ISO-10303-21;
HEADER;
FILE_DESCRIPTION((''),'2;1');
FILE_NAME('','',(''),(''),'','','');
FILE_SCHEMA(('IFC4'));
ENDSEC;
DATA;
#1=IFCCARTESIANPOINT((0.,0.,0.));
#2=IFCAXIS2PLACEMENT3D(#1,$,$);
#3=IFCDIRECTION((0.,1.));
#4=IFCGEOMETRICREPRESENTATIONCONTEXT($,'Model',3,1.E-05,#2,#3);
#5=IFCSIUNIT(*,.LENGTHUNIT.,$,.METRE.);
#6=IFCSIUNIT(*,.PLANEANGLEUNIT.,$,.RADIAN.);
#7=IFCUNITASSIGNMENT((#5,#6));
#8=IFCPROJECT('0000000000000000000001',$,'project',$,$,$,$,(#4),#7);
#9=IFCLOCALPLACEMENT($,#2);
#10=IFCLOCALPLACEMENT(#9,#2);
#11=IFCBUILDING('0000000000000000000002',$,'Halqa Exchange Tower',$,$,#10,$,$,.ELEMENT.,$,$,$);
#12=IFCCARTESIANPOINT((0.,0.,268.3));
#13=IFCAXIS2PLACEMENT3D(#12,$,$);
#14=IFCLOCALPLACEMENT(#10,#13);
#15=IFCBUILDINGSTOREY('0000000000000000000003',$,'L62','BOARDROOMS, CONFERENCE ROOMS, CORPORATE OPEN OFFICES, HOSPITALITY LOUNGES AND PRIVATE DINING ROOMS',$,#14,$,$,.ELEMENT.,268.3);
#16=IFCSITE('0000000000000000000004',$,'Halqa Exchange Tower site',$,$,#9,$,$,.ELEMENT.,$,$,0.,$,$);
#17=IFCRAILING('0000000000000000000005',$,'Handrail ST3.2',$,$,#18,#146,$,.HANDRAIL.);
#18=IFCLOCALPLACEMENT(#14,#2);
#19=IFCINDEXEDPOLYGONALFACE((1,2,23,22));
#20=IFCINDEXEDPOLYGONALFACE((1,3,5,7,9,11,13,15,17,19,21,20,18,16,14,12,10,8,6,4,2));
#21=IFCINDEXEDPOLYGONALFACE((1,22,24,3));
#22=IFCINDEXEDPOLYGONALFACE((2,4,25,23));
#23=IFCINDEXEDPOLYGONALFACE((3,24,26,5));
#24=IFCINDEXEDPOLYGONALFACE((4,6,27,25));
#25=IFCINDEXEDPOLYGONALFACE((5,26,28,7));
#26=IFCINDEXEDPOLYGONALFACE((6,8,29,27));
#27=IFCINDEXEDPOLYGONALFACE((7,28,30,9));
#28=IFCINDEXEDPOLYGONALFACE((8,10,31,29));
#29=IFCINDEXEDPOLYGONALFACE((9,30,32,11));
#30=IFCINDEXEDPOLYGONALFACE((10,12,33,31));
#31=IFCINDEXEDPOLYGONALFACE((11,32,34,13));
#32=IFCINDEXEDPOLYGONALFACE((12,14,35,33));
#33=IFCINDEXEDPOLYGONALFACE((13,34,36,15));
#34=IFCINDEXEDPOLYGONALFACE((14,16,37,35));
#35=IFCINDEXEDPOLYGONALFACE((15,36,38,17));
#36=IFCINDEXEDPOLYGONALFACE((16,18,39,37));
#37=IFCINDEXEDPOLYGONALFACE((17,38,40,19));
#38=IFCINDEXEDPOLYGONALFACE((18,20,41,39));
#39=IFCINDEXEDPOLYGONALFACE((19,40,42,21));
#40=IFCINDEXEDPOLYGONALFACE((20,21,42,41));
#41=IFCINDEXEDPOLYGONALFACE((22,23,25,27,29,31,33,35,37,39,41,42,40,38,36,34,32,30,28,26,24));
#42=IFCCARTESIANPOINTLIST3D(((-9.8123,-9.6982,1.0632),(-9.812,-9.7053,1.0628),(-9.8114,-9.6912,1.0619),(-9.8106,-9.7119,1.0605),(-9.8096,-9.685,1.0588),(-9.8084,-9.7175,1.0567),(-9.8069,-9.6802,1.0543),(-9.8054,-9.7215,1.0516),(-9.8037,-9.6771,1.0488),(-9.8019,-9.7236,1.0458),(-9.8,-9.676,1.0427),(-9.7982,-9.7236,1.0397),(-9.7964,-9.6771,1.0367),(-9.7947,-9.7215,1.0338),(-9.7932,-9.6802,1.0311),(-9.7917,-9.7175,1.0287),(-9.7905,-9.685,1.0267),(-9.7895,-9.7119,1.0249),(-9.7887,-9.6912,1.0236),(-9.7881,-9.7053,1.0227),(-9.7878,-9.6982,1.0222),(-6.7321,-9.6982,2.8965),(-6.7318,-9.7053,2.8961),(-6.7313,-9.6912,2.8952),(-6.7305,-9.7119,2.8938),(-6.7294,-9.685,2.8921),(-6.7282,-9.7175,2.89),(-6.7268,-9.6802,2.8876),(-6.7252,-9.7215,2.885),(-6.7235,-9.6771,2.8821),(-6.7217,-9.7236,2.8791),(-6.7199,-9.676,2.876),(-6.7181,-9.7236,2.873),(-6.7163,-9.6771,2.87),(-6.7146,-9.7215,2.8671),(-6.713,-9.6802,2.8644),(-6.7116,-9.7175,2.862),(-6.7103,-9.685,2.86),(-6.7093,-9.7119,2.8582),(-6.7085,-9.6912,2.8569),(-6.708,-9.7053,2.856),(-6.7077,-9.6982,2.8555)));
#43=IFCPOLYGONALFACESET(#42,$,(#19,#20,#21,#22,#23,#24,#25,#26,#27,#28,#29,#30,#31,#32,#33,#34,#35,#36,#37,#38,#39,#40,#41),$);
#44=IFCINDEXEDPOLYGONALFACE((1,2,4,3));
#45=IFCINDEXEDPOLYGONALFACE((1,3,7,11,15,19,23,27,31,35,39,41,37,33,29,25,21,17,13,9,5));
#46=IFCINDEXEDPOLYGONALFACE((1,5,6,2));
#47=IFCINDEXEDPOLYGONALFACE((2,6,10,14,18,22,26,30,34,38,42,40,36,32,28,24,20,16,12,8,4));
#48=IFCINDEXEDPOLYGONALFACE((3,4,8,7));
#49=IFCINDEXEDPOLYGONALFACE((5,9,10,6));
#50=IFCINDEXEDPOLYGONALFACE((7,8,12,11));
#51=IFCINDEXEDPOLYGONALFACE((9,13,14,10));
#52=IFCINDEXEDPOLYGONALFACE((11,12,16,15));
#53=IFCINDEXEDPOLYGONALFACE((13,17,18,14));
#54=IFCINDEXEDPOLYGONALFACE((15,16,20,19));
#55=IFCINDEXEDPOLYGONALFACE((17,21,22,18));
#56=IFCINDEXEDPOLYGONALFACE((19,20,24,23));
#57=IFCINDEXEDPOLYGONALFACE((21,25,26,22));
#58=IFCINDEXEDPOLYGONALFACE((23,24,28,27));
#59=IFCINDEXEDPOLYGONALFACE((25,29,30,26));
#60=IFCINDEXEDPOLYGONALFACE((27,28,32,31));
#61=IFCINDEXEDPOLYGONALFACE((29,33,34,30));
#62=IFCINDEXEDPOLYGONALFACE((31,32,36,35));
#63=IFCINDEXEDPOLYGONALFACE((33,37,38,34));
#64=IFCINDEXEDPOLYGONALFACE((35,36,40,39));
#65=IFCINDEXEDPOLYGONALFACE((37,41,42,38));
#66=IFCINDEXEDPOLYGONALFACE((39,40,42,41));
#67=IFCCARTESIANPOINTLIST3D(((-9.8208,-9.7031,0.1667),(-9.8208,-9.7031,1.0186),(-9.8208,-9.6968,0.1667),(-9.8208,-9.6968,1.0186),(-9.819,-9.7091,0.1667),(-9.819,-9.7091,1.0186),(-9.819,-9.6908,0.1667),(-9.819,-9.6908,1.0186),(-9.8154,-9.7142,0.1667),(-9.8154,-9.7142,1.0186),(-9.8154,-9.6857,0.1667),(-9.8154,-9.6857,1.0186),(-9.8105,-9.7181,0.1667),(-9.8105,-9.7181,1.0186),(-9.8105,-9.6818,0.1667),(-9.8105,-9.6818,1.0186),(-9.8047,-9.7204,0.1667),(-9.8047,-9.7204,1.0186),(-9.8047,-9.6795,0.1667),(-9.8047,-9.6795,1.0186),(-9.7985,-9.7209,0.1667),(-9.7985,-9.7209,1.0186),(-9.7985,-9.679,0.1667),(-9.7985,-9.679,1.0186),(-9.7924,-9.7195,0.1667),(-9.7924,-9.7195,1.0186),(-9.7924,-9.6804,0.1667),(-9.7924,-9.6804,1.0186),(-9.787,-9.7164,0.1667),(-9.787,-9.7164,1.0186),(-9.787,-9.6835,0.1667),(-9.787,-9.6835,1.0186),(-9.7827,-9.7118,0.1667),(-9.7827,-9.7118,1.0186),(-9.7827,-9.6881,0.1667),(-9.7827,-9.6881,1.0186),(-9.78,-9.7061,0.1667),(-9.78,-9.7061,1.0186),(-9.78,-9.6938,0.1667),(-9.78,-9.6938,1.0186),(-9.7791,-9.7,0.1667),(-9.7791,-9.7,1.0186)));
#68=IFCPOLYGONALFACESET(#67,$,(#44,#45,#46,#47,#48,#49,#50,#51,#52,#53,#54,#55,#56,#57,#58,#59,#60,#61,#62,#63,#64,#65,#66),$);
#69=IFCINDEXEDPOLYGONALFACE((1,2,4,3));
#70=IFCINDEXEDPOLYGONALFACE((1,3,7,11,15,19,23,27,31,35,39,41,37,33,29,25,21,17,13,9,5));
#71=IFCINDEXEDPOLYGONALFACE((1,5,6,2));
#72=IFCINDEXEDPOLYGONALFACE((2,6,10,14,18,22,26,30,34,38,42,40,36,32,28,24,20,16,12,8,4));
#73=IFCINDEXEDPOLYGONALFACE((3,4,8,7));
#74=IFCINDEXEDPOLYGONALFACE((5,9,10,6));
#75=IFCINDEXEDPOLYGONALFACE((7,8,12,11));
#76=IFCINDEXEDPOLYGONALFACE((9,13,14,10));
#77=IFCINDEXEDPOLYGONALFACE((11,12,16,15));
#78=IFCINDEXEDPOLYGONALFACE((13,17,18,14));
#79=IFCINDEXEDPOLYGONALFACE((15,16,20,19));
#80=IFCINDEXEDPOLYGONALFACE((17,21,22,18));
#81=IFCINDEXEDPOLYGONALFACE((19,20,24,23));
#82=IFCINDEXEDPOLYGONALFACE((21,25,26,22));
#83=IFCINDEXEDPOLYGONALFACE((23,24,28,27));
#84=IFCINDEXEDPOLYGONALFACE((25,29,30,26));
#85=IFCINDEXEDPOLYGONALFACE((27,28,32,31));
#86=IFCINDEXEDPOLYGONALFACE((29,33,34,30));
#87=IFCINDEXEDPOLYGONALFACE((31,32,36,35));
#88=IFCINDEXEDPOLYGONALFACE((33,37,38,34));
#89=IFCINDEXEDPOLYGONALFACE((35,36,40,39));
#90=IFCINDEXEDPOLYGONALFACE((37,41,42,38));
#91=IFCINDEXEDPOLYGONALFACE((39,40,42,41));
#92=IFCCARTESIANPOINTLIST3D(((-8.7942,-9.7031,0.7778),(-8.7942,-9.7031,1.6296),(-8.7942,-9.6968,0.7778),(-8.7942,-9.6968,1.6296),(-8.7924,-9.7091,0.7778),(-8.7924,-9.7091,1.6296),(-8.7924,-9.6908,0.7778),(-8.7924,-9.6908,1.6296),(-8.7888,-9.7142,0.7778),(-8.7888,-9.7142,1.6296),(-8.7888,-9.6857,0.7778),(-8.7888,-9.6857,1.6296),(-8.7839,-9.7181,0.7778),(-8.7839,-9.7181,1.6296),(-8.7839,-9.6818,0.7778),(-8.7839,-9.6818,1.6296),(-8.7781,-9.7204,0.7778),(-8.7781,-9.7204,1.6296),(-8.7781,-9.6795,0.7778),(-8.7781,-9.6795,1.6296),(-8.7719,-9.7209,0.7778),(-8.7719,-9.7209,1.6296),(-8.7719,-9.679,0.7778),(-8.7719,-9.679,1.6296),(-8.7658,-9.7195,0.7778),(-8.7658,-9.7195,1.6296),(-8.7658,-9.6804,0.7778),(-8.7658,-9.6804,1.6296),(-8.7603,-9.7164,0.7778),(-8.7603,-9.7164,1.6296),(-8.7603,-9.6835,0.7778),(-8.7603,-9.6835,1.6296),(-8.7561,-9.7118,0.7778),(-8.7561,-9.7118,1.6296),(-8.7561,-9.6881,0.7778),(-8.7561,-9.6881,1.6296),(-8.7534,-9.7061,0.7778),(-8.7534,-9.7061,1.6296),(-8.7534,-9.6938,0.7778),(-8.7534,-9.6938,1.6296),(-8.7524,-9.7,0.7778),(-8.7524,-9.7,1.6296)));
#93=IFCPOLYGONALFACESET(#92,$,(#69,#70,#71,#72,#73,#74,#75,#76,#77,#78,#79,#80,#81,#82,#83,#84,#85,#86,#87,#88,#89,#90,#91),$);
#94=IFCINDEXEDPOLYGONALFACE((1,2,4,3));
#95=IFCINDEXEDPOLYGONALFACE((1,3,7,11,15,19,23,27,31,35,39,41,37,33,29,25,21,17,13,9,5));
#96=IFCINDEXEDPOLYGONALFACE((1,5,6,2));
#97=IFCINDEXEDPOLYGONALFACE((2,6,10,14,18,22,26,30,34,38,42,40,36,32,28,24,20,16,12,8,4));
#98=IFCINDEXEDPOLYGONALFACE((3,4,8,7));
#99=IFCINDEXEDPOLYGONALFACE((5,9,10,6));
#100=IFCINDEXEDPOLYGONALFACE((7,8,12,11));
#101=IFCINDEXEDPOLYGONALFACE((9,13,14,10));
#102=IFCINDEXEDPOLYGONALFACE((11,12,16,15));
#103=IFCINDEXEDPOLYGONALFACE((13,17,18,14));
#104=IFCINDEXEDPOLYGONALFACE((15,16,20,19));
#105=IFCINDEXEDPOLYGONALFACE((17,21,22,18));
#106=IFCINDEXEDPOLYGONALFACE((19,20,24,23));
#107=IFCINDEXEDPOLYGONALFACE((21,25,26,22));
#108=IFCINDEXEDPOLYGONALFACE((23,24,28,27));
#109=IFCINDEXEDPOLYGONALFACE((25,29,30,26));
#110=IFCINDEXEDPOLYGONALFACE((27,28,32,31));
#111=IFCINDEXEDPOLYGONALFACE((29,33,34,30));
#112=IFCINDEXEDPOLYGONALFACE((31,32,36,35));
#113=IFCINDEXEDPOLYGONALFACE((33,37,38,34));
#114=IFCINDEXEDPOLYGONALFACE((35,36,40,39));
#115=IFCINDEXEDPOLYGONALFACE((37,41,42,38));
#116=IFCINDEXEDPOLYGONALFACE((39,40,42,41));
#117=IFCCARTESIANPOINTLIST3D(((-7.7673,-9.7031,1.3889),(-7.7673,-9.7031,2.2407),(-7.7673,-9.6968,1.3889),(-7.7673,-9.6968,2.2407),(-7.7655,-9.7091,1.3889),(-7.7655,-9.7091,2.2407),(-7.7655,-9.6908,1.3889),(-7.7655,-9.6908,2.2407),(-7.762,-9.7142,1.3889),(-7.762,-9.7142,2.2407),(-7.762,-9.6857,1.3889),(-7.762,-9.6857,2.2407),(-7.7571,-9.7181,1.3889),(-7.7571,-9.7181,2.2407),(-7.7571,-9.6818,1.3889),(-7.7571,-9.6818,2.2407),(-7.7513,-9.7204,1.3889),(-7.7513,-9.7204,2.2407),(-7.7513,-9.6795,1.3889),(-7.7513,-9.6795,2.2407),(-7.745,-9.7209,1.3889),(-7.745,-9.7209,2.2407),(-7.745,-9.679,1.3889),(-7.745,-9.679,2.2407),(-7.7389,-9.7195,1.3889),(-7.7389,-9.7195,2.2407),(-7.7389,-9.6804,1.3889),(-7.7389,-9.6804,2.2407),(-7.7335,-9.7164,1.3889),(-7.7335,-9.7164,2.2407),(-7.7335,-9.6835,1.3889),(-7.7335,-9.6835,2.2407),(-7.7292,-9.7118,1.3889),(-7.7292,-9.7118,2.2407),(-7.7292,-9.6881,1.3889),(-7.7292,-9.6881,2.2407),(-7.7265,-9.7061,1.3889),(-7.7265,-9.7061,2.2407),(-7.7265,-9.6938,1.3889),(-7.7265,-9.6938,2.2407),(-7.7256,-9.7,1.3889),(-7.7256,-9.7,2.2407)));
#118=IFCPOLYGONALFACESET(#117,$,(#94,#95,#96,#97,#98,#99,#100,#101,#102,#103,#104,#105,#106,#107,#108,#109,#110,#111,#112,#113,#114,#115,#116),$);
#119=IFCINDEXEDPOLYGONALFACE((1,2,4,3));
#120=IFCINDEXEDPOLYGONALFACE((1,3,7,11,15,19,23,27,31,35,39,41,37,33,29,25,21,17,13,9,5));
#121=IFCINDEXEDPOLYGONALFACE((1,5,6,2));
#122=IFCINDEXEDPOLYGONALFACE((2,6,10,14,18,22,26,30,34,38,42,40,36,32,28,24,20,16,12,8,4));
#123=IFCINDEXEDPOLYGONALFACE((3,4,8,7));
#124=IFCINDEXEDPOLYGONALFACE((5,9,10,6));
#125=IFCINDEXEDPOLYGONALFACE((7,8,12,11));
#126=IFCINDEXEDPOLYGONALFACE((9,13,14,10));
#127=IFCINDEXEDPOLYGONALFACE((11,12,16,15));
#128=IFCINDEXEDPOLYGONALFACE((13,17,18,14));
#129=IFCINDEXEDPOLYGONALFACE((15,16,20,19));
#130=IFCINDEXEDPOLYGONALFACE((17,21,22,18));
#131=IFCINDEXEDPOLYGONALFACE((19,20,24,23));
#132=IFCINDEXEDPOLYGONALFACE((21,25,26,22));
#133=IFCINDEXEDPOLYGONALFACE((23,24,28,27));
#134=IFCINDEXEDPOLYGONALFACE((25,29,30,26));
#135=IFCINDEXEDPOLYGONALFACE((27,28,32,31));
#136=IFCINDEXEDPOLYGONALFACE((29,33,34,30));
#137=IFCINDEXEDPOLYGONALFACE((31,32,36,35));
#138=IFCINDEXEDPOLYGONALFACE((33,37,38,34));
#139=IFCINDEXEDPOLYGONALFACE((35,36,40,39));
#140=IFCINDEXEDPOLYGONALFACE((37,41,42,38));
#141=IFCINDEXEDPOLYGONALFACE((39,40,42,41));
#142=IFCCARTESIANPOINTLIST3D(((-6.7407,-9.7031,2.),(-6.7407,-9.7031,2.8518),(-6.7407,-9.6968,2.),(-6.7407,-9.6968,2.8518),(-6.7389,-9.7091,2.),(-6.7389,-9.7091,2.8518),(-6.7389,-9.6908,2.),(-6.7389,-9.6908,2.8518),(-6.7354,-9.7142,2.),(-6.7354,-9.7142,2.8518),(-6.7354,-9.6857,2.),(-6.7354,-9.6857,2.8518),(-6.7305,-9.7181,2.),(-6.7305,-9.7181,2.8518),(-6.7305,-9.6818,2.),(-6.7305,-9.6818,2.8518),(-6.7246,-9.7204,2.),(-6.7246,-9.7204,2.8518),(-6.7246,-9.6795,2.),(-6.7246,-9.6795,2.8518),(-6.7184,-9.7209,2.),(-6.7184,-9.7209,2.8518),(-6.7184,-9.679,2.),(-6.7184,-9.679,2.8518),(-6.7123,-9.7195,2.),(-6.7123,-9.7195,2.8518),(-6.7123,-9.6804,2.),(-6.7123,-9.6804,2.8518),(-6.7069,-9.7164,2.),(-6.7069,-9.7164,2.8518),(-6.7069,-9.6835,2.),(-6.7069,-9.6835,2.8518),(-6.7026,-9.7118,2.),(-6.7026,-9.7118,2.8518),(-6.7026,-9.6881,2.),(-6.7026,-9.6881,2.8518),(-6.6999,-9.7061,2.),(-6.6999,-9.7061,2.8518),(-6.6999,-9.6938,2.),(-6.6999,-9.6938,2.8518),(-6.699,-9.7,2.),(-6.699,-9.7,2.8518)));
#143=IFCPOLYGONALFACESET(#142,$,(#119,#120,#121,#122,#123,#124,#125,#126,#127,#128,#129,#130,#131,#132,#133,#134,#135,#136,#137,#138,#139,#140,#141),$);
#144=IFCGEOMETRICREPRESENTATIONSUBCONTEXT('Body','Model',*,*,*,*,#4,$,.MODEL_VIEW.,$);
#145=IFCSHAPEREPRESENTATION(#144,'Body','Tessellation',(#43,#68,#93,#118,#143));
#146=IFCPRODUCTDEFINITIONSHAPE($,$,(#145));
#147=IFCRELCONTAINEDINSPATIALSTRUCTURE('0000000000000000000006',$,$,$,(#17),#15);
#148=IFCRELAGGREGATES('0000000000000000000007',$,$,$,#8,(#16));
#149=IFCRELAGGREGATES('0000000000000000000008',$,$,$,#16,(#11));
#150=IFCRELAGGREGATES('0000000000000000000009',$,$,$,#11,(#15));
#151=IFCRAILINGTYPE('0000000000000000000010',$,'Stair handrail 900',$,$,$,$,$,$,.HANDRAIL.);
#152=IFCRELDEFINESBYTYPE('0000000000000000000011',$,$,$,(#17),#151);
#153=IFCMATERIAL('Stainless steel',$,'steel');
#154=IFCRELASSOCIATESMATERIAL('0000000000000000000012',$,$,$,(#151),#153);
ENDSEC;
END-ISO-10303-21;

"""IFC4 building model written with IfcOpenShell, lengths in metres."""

from ifc_helpers import new_model, si_unit, direction, frame, origin, origin_2d, place, context, subcontext, project, spatial, circle, extrude, material, type_object, element, save


model = new_model("IFC4")

# Units and contexts
model_context = context("Model", 3, precision=1e-05, world=origin(), true_north=direction((0.0, 1.0)))
body_context = subcontext(model_context, "Body", "Model", "MODEL_VIEW")
ifc_project = project(units=[si_unit("LENGTHUNIT", "METRE"), si_unit("PLANEANGLEUNIT", "RADIAN")], contexts=[model_context])

# Site, building, storey
site_placement = place(None, origin())
site = spatial("IfcSite", under=ifc_project, at=site_placement, Name="Halqa Exchange Tower site", CompositionType="ELEMENT", RefElevation=0.0)
building_placement = place(site_placement, origin())
building = spatial("IfcBuilding", under=site, at=building_placement, Name="Halqa Exchange Tower", CompositionType="ELEMENT")
storey_placement = place(building_placement, frame((0.0, 0.0, 268.3)))
storey = spatial("IfcBuildingStorey", under=building, at=storey_placement, Name="L62", Description="BOARDROOMS, CONFERENCE ROOMS, CORPORATE OPEN OFFICES, HOSPITALITY LOUNGES AND PRIVATE DINING ROOMS", CompositionType="ELEMENT", Elevation=268.3)

# Shared definitions
ifc_material_1 = material(Name="Stainless steel", Category="steel")

# Railing
railing_type_1 = type_object("IfcRailingType", Name="Stair handrail 900", PredefinedType="HANDRAIL", material=ifc_material_1)
railing_1_placement = place(storey_placement, frame((-9.8, -9.7, 0.1667)))
element("IfcRailing", 1, at=railing_1_placement, inside=storey, type_object=railing_type_1, Name="Handrail ST3.2", PredefinedType="HANDRAIL", context=body_context, shape_type="SweptSolid", body=[
    extrude(circle(Radius=0.0239, at=origin_2d()), frame((0.0, 0.0, 0.876), z_axis=(0.859309, 0.0, 0.511458), x_axis=(0.0, 1.0, 0.0)), (0.0, 0.0, 1.0), 3.5845),
    extrude(circle(Radius=0.021, at=origin_2d()), origin(), (0.0, 0.0, 1.0), 0.8518),
    extrude(circle(Radius=0.021, at=origin_2d()), frame((1.0266, 0.0, 0.6111)), (0.0, 0.0, 1.0), 0.8518),
    extrude(circle(Radius=0.021, at=origin_2d()), frame((2.0535, 0.0, 1.2222)), (0.0, 0.0, 1.0), 0.8518),
    extrude(circle(Radius=0.021, at=origin_2d()), frame((3.0801, 0.0, 1.8333)), (0.0, 0.0, 1.0), 0.8518),
])

save(model, "model.ifc")
